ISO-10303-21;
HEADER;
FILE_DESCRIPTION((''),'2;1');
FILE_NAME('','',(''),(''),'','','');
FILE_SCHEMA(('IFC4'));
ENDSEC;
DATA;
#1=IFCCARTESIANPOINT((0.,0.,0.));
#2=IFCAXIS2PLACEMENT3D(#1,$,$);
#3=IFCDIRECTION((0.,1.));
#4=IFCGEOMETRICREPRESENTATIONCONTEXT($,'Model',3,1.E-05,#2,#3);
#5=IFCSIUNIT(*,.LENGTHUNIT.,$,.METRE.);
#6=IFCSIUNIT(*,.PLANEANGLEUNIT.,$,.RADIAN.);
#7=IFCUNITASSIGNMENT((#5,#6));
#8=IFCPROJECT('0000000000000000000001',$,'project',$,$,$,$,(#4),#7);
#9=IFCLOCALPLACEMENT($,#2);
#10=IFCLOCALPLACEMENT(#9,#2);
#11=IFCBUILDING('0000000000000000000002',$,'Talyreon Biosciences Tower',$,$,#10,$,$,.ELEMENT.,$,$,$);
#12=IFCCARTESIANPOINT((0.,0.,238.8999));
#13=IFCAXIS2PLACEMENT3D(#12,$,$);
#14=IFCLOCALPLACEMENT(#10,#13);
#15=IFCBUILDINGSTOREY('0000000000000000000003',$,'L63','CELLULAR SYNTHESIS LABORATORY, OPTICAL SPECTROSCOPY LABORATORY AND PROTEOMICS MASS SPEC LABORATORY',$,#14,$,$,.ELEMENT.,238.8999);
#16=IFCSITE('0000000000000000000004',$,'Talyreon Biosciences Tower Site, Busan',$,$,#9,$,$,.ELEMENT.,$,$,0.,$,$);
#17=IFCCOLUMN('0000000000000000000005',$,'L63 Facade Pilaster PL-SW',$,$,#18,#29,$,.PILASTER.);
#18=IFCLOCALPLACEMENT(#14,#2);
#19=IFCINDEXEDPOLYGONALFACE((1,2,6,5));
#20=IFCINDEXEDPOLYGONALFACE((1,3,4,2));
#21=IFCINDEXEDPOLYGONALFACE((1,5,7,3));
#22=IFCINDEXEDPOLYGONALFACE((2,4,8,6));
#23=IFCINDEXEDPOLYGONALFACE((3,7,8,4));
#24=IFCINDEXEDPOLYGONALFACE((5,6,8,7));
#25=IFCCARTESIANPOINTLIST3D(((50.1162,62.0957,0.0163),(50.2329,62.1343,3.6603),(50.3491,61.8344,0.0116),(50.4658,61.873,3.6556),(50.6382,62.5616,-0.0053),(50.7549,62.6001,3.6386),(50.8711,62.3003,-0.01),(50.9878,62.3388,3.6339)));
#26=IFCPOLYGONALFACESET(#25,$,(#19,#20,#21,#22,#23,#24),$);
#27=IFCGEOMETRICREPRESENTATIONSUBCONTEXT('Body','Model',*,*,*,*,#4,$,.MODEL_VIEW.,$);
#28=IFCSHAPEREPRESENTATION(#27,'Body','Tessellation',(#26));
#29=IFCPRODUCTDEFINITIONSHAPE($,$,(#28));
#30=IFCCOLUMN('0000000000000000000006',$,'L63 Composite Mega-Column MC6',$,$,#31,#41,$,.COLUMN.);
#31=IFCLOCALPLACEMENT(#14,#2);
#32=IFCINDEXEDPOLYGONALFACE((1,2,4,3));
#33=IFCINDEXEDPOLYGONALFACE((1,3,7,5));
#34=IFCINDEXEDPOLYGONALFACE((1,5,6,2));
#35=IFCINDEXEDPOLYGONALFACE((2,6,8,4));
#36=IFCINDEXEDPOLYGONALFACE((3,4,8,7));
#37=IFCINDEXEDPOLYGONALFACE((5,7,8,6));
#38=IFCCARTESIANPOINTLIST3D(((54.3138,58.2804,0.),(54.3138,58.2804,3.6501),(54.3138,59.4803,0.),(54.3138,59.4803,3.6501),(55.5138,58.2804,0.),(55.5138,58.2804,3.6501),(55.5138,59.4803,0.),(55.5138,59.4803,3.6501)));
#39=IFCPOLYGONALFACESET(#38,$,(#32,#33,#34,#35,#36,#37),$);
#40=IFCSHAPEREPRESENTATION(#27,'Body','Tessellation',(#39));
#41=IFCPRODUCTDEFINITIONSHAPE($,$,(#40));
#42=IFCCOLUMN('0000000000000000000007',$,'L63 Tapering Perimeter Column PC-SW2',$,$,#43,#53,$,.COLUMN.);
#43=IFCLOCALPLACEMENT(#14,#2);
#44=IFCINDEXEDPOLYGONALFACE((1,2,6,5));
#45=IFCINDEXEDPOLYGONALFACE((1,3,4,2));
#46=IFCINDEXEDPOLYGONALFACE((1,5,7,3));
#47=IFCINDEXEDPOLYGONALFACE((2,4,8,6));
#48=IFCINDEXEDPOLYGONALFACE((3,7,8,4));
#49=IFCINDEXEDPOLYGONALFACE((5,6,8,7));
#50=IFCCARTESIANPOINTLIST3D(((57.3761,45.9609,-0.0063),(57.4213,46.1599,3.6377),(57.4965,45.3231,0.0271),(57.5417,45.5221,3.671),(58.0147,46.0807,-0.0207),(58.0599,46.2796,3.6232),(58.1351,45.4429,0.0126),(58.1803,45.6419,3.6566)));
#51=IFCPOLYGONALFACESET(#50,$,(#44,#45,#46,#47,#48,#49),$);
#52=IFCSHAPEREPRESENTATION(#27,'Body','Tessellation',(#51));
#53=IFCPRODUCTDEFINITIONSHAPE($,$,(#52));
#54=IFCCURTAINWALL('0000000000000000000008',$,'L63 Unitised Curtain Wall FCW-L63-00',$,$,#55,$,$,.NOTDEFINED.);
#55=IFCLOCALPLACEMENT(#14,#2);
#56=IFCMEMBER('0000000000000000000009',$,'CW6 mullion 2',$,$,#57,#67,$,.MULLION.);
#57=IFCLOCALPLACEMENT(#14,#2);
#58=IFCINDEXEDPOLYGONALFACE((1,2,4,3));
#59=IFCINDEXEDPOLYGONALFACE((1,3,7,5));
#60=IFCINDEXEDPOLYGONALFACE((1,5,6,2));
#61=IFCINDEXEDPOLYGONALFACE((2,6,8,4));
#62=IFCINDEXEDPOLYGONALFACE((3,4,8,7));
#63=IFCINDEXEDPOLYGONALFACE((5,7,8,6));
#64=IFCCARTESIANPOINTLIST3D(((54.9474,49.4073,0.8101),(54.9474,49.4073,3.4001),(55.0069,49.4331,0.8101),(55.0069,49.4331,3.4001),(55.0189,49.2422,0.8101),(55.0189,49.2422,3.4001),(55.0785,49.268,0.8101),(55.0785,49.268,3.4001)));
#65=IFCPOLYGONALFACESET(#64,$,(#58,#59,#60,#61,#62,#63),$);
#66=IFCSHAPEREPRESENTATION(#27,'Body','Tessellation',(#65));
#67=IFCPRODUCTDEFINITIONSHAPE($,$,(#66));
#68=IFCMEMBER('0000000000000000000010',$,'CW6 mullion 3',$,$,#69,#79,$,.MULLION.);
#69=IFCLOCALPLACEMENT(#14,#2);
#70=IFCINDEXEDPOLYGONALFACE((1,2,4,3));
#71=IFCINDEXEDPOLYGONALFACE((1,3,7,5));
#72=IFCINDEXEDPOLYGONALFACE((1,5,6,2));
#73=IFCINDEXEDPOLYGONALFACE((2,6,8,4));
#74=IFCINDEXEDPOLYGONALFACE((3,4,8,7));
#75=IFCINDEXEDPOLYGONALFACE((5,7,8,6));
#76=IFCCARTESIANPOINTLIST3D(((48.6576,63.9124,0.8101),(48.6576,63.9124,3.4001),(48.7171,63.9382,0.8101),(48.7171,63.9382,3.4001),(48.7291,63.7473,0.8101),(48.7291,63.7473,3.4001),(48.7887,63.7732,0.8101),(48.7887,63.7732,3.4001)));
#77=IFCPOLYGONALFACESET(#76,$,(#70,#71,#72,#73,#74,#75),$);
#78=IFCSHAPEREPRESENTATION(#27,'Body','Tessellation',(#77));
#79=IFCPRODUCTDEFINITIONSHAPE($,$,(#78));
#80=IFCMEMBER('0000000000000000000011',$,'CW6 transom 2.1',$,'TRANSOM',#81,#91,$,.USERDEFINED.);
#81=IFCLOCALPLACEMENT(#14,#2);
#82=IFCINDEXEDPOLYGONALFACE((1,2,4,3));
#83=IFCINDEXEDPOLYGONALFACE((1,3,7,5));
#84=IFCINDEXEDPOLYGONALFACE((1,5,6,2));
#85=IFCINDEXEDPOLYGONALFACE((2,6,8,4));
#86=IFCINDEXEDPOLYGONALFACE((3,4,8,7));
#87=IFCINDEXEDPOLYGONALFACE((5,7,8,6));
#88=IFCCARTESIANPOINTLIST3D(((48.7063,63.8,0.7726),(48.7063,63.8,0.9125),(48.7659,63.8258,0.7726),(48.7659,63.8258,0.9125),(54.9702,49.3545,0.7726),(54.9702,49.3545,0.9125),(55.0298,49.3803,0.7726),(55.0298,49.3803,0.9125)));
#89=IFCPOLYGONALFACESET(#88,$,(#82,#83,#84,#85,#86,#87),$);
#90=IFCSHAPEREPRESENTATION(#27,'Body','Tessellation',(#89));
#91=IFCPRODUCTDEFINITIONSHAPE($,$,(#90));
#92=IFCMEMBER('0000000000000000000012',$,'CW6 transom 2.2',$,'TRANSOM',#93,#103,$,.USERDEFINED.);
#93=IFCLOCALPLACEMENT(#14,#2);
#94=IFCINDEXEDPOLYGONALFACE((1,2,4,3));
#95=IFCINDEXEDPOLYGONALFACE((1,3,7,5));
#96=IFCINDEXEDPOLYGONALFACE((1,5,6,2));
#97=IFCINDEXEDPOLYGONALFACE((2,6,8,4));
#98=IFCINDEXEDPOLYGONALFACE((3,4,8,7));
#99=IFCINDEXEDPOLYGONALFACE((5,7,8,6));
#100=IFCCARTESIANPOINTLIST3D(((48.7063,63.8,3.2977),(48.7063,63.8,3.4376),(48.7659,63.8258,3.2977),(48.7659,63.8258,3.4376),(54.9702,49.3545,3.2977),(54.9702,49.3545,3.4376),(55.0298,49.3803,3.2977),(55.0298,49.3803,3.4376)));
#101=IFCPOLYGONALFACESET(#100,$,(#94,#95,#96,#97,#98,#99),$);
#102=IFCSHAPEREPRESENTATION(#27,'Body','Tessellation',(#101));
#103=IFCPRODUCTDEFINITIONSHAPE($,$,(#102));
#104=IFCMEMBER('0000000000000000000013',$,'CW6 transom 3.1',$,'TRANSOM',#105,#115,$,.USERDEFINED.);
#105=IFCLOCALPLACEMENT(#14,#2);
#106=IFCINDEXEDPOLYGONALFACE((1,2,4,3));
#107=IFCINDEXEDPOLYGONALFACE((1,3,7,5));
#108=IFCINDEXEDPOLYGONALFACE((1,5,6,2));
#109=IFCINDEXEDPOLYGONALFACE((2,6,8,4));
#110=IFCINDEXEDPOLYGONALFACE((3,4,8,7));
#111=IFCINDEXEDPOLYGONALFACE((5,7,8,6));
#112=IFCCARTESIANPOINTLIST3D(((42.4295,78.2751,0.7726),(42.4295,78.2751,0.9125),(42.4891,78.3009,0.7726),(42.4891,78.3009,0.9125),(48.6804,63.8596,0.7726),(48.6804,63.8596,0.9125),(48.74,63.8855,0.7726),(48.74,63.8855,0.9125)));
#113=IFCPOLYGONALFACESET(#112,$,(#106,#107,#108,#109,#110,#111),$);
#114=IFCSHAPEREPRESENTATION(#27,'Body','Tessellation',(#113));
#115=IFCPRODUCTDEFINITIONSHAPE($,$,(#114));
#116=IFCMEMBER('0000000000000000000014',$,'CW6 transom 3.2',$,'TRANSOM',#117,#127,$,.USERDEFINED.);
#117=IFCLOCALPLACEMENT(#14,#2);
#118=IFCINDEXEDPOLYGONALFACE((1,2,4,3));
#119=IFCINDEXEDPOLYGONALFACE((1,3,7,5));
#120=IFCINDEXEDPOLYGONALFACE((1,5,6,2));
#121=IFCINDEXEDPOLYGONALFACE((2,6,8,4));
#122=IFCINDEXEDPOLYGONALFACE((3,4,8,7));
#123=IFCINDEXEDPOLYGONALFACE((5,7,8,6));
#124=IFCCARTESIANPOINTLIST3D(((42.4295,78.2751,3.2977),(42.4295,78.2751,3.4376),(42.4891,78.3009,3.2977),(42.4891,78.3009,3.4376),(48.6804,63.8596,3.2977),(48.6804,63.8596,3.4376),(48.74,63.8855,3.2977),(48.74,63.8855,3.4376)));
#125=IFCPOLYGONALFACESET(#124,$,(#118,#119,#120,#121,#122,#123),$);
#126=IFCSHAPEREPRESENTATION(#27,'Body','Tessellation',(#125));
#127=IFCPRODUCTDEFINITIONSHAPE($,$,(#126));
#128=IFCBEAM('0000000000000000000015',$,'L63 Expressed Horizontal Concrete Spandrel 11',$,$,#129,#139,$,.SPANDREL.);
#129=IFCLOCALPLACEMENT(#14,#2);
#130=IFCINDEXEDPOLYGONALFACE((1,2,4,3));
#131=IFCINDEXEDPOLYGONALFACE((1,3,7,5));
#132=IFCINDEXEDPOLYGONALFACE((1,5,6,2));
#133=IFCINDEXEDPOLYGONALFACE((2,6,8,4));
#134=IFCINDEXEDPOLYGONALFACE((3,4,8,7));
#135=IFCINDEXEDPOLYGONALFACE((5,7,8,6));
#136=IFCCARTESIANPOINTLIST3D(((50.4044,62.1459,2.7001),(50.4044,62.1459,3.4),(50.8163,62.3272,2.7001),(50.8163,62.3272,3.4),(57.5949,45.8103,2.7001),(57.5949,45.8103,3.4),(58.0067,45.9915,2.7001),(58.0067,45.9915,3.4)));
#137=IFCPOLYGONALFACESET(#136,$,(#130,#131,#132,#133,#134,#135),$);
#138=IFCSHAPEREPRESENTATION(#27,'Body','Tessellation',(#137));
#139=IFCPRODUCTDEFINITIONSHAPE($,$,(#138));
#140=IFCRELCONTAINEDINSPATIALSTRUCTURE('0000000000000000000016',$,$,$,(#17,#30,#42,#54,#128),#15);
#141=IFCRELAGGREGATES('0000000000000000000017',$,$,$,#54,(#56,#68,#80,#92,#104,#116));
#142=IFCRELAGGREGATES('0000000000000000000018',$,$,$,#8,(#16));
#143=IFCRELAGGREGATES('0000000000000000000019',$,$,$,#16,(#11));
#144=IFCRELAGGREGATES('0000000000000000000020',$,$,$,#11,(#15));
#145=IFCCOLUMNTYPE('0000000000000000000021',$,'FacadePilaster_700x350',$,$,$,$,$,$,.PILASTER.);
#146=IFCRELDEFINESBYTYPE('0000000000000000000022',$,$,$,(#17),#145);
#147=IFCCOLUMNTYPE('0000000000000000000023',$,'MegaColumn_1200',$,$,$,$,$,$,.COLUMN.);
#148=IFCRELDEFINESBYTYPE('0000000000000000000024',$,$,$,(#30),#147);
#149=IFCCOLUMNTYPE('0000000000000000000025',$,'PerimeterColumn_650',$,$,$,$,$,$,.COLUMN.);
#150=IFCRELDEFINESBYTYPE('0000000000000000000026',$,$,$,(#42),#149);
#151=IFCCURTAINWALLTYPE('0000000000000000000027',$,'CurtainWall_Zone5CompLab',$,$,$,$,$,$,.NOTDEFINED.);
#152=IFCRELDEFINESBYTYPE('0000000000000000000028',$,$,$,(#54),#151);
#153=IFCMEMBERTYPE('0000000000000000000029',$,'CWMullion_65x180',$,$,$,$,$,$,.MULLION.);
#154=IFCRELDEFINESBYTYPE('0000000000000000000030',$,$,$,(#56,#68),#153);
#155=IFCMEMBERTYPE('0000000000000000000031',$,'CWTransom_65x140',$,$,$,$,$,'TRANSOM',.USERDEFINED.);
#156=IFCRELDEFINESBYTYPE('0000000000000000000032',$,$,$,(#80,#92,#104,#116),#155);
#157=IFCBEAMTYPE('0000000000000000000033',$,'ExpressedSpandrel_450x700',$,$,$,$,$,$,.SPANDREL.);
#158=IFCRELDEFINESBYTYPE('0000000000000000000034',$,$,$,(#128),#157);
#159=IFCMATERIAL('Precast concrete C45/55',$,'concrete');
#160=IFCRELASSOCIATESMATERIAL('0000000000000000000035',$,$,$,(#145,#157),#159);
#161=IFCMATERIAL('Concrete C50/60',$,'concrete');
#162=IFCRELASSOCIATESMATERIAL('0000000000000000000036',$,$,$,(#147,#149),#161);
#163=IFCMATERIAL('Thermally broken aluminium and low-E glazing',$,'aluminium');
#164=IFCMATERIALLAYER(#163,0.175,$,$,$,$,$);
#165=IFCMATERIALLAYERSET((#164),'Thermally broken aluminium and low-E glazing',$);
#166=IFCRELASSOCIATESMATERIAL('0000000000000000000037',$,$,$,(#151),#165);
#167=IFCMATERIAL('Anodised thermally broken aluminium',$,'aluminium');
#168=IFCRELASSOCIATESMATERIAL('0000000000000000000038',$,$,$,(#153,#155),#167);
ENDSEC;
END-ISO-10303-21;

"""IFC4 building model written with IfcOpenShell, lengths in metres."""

from ifc_helpers import new_model, si_unit, direction, frame, origin, origin_2d, place, context, subcontext, project, spatial, rectangle, extrude, material, layer, layer_set, material_profile, profile_set, type_object, element, aggregate, save


model = new_model("IFC4")

# Units and contexts
model_context = context("Model", 3, precision=1e-05, world=origin(), true_north=direction((0.0, 1.0)))
body_context = subcontext(model_context, "Body", "Model", "MODEL_VIEW")
ifc_project = project(units=[si_unit("LENGTHUNIT", "METRE"), si_unit("PLANEANGLEUNIT", "RADIAN")], contexts=[model_context])

# Site, building, storey
site_placement = place(None, origin())
site = spatial("IfcSite", under=ifc_project, at=site_placement, Name="Talyreon Biosciences Tower Site, Busan", CompositionType="ELEMENT", RefElevation=0.0)
building_placement = place(site_placement, origin())
building = spatial("IfcBuilding", under=site, at=building_placement, Name="Talyreon Biosciences Tower", CompositionType="ELEMENT")
storey_placement = place(building_placement, frame((0.0, 0.0, 238.8999)))
storey = spatial("IfcBuildingStorey", under=building, at=storey_placement, Name="L63", Description="CELLULAR SYNTHESIS LABORATORY, OPTICAL SPECTROSCOPY LABORATORY AND PROTEOMICS MASS SPEC LABORATORY", CompositionType="ELEMENT", Elevation=238.8999)

# Columns
ifc_material_1 = material(Name="Precast concrete C45/55", Category="concrete")
ifc_material_profile_1 = material_profile(ifc_material_1, rectangle(XDim=0.7, YDim=0.3501, at=origin_2d()), Name="RC 700x350")
ifc_profile_set_1 = profile_set([ifc_material_profile_1], Name="Precast concrete C45/55")
column_type_1 = type_object("IfcColumnType", Name="FacadePilaster_700x350", PredefinedType="PILASTER", material=ifc_profile_set_1)
column_1_placement = place(storey_placement, frame((50.4937, 62.198, 0.0032), z_axis=(0.032006, 0.01058, 0.999432), x_axis=(0.745748, 0.66551, -0.030927)))
element("IfcColumn", 1, at=column_1_placement, inside=storey, type_object=column_type_1, Name="L63 Facade Pilaster PL-SW", PredefinedType="PILASTER", context=body_context, shape_type="SweptSolid", body=[
    extrude(rectangle(XDim=0.7, YDim=0.3501, at=origin_2d()), origin(), (0.0, 0.0, 1.0), 3.646),
])
ifc_material_2 = material(Name="Concrete C50/60", Category="concrete")
ifc_material_profile_2 = material_profile(ifc_material_2, rectangle(XDim=1.2, YDim=1.2, at=origin_2d()), Name="RC 1200x1200")
ifc_profile_set_2 = profile_set([ifc_material_profile_2], Name="Concrete C50/60")
column_type_2 = type_object("IfcColumnType", Name="MegaColumn_1200", PredefinedType="COLUMN", material=ifc_profile_set_2)
column_2_placement = place(storey_placement, frame((54.9138, 58.8804, 0.0), z_axis=(0.0, 0.0, 1.0), x_axis=(1.0, 0.0, 0.0)))
element("IfcColumn", 2, at=column_2_placement, inside=storey, type_object=column_type_2, Name="L63 Composite Mega-Column MC6", PredefinedType="COLUMN", context=body_context, shape_type="SweptSolid", body=[
    extrude(rectangle(XDim=1.2, YDim=1.2, at=origin_2d()), origin(), (0.0, 0.0, 1.0), 3.6501),
])
ifc_material_profile_3 = material_profile(ifc_material_2, rectangle(XDim=0.6499, YDim=0.6499, at=origin_2d()), Name="RC 650x650")
ifc_profile_set_3 = profile_set([ifc_material_profile_3], Name="Concrete C50/60")
column_type_3 = type_object("IfcColumnType", Name="PerimeterColumn_650", PredefinedType="COLUMN", material=ifc_profile_set_3)
column_3_placement = place(storey_placement, frame((57.7556, 45.7019, 0.0032), z_axis=(0.012375, 0.054517, 0.998436), x_axis=(-0.185194, 0.981363, -0.05129)))
element("IfcColumn", 3, at=column_3_placement, inside=storey, type_object=column_type_3, Name="L63 Tapering Perimeter Column PC-SW2", PredefinedType="COLUMN", context=body_context, shape_type="SweptSolid", body=[
    extrude(rectangle(XDim=0.6499, YDim=0.6499, at=origin_2d()), origin(), (0.0, 0.0, 1.0), 3.6497),
])

# Curtain wall, members
ifc_material_3 = material(Name="Thermally broken aluminium and low-E glazing", Category="aluminium")
ifc_layer_1 = layer(ifc_material_3, 0.175)
ifc_layer_set_1 = layer_set([ifc_layer_1], Name="Thermally broken aluminium and low-E glazing")
curtain_wall_type = type_object("IfcCurtainWallType", Name="CurtainWall_Zone5CompLab", PredefinedType="NOTDEFINED", material=ifc_layer_set_1)
curtain_wall_placement = place(storey_placement, origin())
curtain_wall = element("IfcCurtainWall", 4, at=curtain_wall_placement, inside=storey, type_object=curtain_wall_type, Name="L63 Unitised Curtain Wall FCW-L63-00", PredefinedType="NOTDEFINED")
ifc_material_4 = material(Name="Anodised thermally broken aluminium", Category="aluminium")
ifc_material_profile_4 = material_profile(ifc_material_4, rectangle(XDim=0.0649, YDim=0.1799, at=origin_2d()), Name="ALUM MULLION 65x180")
ifc_profile_set_4 = profile_set([ifc_material_profile_4], Name="Anodised thermally broken aluminium")
member_type_1 = type_object("IfcMemberType", Name="CWMullion_65x180", PredefinedType="MULLION", material=ifc_profile_set_4)
member_1_placement = place(storey_placement, frame((55.0129, 49.3376, 0.8101), z_axis=(0.0, 0.0, 1.0), x_axis=(-0.917458, -0.397832, 0.0)))
member_1 = element("IfcMember", 5, at=member_1_placement, type_object=member_type_1, Name="CW6 mullion 2", PredefinedType="MULLION", context=body_context, shape_type="SweptSolid", body=[
    extrude(rectangle(XDim=0.0649, YDim=0.1799, at=origin_2d()), origin(), (0.0, 0.0, 1.0), 2.5901),
])
member_2_placement = place(storey_placement, frame((48.7231, 63.8428, 0.8101), z_axis=(0.0, 0.0, 1.0), x_axis=(-0.917458, -0.397832, 0.0)))
member_2 = element("IfcMember", 6, at=member_2_placement, type_object=member_type_1, Name="CW6 mullion 3", PredefinedType="MULLION", context=body_context, shape_type="SweptSolid", body=[
    extrude(rectangle(XDim=0.0649, YDim=0.1799, at=origin_2d()), origin(), (0.0, 0.0, 1.0), 2.5901),
])
ifc_material_profile_5 = material_profile(ifc_material_4, rectangle(XDim=0.0649, YDim=0.1399, at=origin_2d()), Name="ALUM TRANSOM 65x140")
ifc_profile_set_5 = profile_set([ifc_material_profile_5], Name="Anodised thermally broken aluminium")
member_type_2 = type_object("IfcMemberType", Name="CWTransom_65x140", ElementType="TRANSOM", PredefinedType="USERDEFINED", material=ifc_profile_set_5)
member_3_placement = place(storey_placement, frame((55.0, 49.3674, 0.8425), z_axis=(-0.397831, 0.917459, 0.0), x_axis=(-0.917459, -0.397831, 0.0)))
member_3 = element("IfcMember", 7, at=member_3_placement, type_object=member_type_2, Name="CW6 transom 2.1", ObjectType="TRANSOM", PredefinedType="USERDEFINED", context=body_context, shape_type="SweptSolid", body=[
    extrude(rectangle(XDim=0.0649, YDim=0.1399, at=origin_2d()), origin(), (0.0, 0.0, 1.0), 15.7451),
])
member_4_placement = place(storey_placement, frame((55.0, 49.3674, 3.3677), z_axis=(-0.397831, 0.917459, 0.0), x_axis=(-0.917459, -0.397831, 0.0)))
member_4 = element("IfcMember", 8, at=member_4_placement, type_object=member_type_2, Name="CW6 transom 2.2", ObjectType="TRANSOM", PredefinedType="USERDEFINED", context=body_context, shape_type="SweptSolid", body=[
    extrude(rectangle(XDim=0.0649, YDim=0.1399, at=origin_2d()), origin(), (0.0, 0.0, 1.0), 15.7451),
])
member_5_placement = place(storey_placement, frame((48.7102, 63.8726, 0.8425), z_axis=(-0.397835, 0.917457, 0.0), x_axis=(-0.917457, -0.397835, 0.0)))
member_5 = element("IfcMember", 9, at=member_5_placement, type_object=member_type_2, Name="CW6 transom 3.1", ObjectType="TRANSOM", PredefinedType="USERDEFINED", context=body_context, shape_type="SweptSolid", body=[
    extrude(rectangle(XDim=0.0649, YDim=0.1399, at=origin_2d()), origin(), (0.0, 0.0, 1.0), 15.7124),
])
member_6_placement = place(storey_placement, frame((48.7102, 63.8726, 3.3677), z_axis=(-0.397835, 0.917457, 0.0), x_axis=(-0.917457, -0.397835, 0.0)))
member_6 = element("IfcMember", 10, at=member_6_placement, type_object=member_type_2, Name="CW6 transom 3.2", ObjectType="TRANSOM", PredefinedType="USERDEFINED", context=body_context, shape_type="SweptSolid", body=[
    extrude(rectangle(XDim=0.0649, YDim=0.1399, at=origin_2d()), origin(), (0.0, 0.0, 1.0), 15.7124),
])

# Beam
ifc_material_profile_6 = material_profile(ifc_material_1, rectangle(XDim=0.45, YDim=0.7, at=origin_2d()), Name="RCB 450x700")
ifc_profile_set_6 = profile_set([ifc_material_profile_6], Name="Precast concrete C45/55")
beam_type_1 = type_object("IfcBeamType", Name="ExpressedSpandrel_450x700", PredefinedType="SPANDREL", material=ifc_profile_set_6)
beam_1_placement = place(storey_placement, frame((50.6104, 62.2366, 3.05), z_axis=(0.402867, -0.915259, 0.0), x_axis=(0.915259, 0.402867, 0.0)))
element("IfcBeam", 11, at=beam_1_placement, inside=storey, type_object=beam_type_1, Name="L63 Expressed Horizontal Concrete Spandrel 11", PredefinedType="SPANDREL", context=body_context, shape_type="SweptSolid", body=[
    extrude(rectangle(XDim=0.45, YDim=0.7, at=origin_2d()), origin(), (0.0, 0.0, 1.0), 17.8481),
])

aggregate(curtain_wall, [member_1, member_2, member_3, member_4, member_5, member_6])

save(model, "model.ifc")
